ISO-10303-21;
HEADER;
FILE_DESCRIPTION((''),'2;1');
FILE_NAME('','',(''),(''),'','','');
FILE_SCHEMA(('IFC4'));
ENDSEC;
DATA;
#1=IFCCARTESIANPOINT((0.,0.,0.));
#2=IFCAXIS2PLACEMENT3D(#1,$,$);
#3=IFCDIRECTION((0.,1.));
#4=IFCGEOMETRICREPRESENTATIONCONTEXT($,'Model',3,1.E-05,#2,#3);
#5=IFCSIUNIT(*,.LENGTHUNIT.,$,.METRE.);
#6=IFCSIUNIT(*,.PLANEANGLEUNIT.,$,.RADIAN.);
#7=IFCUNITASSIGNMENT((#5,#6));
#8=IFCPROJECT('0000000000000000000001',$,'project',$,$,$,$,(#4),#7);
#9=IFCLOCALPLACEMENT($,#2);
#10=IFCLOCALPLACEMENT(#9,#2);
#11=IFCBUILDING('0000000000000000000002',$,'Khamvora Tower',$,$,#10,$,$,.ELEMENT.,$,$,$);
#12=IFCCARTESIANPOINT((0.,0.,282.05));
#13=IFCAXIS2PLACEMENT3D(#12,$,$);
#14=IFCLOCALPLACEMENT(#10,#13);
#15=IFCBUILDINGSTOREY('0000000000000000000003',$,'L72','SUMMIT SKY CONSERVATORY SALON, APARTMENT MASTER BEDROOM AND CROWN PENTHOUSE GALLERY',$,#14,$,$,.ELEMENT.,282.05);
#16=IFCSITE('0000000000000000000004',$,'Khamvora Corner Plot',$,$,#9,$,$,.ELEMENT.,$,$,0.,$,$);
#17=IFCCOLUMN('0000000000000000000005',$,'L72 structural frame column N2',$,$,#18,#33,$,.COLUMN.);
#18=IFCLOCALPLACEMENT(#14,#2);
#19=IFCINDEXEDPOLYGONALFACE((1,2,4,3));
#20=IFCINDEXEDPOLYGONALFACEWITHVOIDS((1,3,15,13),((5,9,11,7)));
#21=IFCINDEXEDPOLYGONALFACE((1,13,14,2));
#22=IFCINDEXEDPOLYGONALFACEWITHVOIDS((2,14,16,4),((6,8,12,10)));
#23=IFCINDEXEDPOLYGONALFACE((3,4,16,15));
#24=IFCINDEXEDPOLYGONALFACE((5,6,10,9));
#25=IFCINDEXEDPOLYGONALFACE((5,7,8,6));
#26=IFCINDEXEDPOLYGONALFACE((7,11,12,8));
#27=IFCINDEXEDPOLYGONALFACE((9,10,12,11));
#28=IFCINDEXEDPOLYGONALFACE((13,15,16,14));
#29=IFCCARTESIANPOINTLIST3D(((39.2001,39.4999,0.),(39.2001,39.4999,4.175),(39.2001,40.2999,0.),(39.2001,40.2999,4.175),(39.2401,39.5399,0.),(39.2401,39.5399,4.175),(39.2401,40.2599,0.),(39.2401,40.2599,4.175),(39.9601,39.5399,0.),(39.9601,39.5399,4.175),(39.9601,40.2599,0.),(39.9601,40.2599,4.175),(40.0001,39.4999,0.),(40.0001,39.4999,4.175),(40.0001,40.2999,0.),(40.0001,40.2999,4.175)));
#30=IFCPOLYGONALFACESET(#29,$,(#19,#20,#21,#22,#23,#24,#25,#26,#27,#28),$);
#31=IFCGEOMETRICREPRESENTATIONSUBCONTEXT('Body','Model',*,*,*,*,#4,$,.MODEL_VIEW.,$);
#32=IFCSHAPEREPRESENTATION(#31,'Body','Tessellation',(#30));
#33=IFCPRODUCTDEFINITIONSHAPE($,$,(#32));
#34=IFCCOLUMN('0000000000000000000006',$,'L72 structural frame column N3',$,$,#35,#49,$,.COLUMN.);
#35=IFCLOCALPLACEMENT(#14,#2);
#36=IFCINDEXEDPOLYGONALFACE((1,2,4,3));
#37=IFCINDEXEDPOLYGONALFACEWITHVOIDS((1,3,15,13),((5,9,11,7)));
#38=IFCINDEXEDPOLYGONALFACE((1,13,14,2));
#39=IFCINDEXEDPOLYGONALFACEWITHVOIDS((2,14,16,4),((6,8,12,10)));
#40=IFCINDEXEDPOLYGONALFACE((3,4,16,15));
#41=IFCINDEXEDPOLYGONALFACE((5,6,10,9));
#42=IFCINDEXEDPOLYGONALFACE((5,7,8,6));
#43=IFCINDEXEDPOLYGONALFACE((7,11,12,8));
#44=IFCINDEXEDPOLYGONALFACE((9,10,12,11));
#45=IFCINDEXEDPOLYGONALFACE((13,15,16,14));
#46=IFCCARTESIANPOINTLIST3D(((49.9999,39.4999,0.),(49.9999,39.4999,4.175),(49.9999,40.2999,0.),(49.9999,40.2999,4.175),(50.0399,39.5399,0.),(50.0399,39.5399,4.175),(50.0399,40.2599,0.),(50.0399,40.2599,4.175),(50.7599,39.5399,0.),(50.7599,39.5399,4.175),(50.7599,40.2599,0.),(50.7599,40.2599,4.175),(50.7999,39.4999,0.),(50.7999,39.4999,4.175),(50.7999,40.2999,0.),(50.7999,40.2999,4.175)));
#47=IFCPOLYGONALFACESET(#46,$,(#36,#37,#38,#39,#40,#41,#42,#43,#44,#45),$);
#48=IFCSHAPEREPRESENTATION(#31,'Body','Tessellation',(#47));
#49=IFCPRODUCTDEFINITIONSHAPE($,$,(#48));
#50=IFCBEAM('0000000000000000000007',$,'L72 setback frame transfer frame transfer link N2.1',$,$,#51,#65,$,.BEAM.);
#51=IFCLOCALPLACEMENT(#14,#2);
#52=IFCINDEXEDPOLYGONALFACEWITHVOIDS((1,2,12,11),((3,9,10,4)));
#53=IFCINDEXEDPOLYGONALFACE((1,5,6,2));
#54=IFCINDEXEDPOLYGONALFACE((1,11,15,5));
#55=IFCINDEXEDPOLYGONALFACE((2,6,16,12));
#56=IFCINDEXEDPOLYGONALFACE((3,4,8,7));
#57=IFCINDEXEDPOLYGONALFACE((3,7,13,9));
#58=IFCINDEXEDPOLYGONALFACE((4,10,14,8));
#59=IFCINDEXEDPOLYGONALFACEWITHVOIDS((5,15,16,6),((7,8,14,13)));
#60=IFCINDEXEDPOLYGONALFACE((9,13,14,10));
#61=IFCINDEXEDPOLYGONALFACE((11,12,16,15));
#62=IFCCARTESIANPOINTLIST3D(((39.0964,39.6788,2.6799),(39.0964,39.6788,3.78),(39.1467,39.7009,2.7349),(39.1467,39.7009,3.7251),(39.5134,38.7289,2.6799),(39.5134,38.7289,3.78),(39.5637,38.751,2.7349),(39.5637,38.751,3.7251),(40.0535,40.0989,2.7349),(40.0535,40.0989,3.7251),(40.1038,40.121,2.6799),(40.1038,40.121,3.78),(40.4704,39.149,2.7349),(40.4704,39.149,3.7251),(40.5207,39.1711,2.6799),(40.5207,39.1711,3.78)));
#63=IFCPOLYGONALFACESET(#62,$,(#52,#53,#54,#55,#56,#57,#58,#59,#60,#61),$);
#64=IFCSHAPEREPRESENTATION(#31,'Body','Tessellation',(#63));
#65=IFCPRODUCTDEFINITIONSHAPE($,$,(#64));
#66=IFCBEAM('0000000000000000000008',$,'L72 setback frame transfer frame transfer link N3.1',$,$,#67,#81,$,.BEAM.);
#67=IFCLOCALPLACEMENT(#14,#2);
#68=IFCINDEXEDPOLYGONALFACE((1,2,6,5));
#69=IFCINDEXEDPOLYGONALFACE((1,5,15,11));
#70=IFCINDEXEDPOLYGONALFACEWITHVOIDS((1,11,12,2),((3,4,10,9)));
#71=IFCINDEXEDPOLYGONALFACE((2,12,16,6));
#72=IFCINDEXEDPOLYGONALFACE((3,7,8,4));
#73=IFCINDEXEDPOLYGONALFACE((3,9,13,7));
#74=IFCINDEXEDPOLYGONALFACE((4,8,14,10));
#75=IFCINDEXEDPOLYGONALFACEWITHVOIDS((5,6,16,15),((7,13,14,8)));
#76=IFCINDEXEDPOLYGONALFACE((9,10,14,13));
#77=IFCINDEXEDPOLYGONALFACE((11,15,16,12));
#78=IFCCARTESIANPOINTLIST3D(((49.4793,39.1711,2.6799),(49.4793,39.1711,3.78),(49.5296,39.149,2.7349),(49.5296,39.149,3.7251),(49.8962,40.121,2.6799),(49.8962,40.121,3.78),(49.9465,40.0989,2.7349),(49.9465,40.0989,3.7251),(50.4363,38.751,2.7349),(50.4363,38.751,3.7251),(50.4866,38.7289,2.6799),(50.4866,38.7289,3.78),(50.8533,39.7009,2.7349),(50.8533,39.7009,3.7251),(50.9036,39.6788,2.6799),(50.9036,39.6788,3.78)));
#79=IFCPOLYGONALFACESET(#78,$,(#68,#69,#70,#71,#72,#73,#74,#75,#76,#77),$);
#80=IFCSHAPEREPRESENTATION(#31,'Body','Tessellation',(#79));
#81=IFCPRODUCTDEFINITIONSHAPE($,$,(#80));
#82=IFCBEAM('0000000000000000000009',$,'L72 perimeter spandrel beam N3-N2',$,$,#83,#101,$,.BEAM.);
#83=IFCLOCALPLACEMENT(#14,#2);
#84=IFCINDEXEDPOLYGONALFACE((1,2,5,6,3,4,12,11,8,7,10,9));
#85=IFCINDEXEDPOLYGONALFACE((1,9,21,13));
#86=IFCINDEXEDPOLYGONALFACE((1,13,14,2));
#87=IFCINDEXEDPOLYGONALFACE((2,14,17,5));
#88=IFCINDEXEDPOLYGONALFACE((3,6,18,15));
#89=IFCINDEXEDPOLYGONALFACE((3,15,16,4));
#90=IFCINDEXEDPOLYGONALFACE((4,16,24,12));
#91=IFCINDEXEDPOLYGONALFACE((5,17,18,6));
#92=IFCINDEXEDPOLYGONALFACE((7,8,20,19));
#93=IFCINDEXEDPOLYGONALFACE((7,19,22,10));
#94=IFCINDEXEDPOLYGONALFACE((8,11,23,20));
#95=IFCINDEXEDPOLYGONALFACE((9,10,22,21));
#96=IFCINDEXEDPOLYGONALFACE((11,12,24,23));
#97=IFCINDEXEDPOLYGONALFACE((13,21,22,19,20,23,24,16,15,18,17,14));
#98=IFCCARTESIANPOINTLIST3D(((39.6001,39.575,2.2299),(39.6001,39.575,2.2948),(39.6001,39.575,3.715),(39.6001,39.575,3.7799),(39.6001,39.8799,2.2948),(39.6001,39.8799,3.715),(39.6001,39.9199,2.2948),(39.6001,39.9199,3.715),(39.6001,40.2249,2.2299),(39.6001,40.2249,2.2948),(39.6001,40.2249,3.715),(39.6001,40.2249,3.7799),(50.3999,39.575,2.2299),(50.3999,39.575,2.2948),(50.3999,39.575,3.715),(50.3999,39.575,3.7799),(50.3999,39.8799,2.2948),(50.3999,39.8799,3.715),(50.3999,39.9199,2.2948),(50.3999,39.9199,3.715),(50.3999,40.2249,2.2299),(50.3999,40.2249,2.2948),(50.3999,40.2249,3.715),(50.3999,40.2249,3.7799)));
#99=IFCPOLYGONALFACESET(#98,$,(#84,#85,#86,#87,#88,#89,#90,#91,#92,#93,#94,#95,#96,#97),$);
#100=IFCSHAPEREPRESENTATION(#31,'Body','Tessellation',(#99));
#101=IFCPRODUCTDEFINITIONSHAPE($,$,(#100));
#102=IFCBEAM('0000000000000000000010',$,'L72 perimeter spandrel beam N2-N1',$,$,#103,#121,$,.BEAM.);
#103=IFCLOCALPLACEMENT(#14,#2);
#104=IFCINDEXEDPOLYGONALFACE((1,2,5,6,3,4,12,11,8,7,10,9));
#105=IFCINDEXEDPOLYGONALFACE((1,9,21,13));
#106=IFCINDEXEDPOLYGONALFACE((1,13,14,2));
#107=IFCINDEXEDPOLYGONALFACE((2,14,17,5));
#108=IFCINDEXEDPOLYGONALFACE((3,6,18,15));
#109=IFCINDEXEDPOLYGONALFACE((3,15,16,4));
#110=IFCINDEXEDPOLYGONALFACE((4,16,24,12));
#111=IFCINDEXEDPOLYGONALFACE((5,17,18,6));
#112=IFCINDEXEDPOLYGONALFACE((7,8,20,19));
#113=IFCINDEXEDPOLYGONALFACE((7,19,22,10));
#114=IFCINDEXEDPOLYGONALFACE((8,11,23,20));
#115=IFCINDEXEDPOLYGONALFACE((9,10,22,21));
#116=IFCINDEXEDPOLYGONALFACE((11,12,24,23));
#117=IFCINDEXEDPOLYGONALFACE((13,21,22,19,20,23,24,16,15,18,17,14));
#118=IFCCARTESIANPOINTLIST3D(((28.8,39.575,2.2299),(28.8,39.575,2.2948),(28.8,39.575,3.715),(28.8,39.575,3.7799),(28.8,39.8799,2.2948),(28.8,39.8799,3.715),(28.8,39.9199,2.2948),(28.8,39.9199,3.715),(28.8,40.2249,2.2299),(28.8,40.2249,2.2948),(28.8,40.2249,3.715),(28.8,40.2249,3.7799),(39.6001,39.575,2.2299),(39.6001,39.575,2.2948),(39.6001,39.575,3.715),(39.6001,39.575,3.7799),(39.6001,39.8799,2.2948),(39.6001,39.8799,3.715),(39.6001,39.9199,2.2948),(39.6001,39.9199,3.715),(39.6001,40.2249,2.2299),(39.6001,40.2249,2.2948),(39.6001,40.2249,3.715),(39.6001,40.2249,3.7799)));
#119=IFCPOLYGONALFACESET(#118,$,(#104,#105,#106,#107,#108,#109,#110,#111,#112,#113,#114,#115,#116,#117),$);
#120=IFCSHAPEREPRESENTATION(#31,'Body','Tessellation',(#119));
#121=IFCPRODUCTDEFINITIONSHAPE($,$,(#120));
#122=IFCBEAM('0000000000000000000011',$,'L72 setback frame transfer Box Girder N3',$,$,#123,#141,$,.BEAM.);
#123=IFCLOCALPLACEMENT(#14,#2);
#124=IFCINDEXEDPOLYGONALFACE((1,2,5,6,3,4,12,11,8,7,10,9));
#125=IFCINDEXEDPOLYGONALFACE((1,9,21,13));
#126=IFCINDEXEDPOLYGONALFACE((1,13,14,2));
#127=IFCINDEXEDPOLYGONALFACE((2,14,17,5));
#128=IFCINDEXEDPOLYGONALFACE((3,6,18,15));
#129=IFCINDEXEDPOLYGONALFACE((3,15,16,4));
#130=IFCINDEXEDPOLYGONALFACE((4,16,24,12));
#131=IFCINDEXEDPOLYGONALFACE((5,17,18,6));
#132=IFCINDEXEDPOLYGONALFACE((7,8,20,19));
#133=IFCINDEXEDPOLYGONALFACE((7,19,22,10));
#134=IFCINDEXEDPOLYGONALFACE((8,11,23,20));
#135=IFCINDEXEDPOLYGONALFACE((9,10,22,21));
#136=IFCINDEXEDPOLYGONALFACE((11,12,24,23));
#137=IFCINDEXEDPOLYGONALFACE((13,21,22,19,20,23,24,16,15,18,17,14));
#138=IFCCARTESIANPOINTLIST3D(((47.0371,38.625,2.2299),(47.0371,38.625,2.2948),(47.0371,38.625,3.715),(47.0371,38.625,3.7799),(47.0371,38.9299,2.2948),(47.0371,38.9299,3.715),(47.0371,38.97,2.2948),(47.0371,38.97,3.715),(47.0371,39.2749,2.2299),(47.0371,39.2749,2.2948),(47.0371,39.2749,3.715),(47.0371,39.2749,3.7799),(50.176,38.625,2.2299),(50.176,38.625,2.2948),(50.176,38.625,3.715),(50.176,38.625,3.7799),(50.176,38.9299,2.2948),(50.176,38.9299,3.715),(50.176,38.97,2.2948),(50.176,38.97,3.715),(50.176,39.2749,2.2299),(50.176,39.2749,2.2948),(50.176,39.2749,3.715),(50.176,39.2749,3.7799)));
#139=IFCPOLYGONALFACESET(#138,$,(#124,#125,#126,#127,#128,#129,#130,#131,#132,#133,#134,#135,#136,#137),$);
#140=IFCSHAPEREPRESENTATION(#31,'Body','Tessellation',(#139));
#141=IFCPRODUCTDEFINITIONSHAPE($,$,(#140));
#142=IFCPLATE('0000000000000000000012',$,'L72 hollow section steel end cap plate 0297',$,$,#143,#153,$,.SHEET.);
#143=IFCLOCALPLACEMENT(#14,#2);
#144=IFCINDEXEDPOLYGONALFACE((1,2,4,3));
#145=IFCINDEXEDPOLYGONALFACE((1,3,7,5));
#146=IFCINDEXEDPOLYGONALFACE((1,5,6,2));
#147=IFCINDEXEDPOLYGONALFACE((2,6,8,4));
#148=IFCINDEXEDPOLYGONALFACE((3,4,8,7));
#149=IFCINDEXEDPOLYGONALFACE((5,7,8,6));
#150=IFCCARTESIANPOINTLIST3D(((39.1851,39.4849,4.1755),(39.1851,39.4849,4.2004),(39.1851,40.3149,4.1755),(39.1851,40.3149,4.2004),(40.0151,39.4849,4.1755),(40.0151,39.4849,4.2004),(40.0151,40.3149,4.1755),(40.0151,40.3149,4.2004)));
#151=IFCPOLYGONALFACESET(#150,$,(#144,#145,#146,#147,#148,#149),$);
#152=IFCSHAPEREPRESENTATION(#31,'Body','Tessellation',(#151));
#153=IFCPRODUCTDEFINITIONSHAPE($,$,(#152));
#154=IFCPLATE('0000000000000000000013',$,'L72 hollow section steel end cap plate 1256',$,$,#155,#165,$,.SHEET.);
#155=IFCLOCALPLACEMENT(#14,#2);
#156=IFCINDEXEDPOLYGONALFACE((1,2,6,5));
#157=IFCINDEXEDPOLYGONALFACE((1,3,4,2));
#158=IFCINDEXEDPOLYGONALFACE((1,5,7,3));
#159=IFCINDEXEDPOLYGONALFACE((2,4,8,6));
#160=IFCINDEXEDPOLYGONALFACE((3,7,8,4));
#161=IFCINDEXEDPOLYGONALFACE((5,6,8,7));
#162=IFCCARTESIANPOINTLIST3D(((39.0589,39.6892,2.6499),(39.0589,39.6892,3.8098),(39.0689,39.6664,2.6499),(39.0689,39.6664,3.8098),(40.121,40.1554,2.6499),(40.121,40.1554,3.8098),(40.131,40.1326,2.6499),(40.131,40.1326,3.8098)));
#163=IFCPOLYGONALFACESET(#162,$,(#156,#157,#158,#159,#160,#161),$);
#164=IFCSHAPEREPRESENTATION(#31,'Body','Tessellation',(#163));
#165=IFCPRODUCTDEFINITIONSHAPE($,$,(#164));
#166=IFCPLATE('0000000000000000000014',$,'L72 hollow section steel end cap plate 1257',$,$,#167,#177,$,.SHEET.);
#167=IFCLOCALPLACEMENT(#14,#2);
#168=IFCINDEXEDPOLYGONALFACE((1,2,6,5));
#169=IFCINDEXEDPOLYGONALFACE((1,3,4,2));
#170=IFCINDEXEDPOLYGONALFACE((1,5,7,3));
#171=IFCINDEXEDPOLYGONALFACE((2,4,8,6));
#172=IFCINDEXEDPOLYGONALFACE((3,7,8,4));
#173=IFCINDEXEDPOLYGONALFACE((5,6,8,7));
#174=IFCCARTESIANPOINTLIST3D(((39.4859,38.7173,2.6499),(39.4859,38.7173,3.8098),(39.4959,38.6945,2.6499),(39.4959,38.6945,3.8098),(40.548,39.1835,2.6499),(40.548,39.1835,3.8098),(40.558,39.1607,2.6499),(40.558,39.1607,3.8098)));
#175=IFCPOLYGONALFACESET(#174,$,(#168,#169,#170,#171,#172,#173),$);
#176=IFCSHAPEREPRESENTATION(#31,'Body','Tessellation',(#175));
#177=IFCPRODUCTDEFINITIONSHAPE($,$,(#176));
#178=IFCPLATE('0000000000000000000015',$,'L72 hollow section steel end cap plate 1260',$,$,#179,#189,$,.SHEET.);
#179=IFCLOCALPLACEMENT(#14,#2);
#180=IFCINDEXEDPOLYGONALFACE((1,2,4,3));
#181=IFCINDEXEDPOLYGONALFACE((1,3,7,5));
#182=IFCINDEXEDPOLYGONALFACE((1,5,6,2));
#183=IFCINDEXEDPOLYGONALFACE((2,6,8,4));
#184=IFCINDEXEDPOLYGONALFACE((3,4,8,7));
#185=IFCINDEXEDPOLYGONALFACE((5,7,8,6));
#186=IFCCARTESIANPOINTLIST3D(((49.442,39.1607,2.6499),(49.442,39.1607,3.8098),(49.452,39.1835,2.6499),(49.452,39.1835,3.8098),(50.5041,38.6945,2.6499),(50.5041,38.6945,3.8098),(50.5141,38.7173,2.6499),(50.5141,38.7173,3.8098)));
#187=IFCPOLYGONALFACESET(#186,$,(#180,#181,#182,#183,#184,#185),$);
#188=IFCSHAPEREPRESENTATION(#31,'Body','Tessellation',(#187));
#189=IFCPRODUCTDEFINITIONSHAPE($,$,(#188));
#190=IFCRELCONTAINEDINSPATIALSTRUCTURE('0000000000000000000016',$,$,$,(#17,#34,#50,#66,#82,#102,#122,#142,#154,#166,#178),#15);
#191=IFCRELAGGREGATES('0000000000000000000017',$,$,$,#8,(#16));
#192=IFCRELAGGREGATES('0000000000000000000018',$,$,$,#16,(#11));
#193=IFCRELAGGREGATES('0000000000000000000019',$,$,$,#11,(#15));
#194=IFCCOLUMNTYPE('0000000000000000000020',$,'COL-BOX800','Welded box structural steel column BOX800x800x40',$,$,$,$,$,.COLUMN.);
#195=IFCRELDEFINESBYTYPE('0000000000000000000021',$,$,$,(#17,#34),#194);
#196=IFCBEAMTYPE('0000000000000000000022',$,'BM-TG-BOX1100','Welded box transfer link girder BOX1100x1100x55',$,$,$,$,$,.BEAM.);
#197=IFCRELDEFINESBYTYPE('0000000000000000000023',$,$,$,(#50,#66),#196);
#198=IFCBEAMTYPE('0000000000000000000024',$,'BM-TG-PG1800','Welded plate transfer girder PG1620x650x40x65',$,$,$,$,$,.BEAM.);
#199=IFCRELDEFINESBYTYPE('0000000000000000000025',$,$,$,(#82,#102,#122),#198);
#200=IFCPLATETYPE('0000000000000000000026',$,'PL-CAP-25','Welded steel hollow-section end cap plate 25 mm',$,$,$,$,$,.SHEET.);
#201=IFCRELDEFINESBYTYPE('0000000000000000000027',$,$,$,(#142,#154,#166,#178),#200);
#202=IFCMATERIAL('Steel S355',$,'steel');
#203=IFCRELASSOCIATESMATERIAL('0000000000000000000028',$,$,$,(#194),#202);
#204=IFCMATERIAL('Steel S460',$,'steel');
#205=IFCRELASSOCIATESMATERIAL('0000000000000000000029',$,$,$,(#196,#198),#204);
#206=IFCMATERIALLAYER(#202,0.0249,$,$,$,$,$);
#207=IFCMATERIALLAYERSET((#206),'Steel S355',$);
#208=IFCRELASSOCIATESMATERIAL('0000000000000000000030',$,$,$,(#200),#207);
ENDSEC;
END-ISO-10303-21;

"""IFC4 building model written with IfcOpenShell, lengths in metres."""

from ifc_helpers import new_model, si_unit, direction, frame, origin, origin_2d, place, context, subcontext, project, spatial, rectangle, hollow_rectangle, i_section, extrude, material, layer, layer_set, material_profile, profile_set, type_object, element, save


model = new_model("IFC4")

# Units and contexts
model_context = context("Model", 3, precision=1e-05, world=origin(), true_north=direction((0.0, 1.0)))
body_context = subcontext(model_context, "Body", "Model", "MODEL_VIEW")
ifc_project = project(units=[si_unit("LENGTHUNIT", "METRE"), si_unit("PLANEANGLEUNIT", "RADIAN")], contexts=[model_context])

# Site, building, storey
site_placement = place(None, origin())
site = spatial("IfcSite", under=ifc_project, at=site_placement, Name="Khamvora Corner Plot", CompositionType="ELEMENT", RefElevation=0.0)
building_placement = place(site_placement, origin())
building = spatial("IfcBuilding", under=site, at=building_placement, Name="Khamvora Tower", CompositionType="ELEMENT")
storey_placement = place(building_placement, frame((0.0, 0.0, 282.05)))
storey = spatial("IfcBuildingStorey", under=building, at=storey_placement, Name="L72", Description="SUMMIT SKY CONSERVATORY SALON, APARTMENT MASTER BEDROOM AND CROWN PENTHOUSE GALLERY", CompositionType="ELEMENT", Elevation=282.05)

# Columns
ifc_material_1 = material(Name="Steel S355", Category="steel")
ifc_material_profile_1 = material_profile(ifc_material_1, hollow_rectangle(XDim=0.8, YDim=0.8, WallThickness=0.04, at=origin_2d()), Name="BOX800x800x40")
ifc_profile_set_1 = profile_set([ifc_material_profile_1], Name="Steel S355")
column_type = type_object("IfcColumnType", Name="COL-BOX800", Description="Welded box structural steel column BOX800x800x40", PredefinedType="COLUMN", material=ifc_profile_set_1)
for number, where, z_axis, x_axis, name in (
    (1, (39.6001, 39.8999, 0.0), (0.0, 0.0, 1.0), (1.0, 0.0, 0.0), "L72 structural frame column N2"),
    (2, (50.3999, 39.8999, 0.0), (0.0, 0.0, 1.0), (1.0, 0.0, 0.0), "L72 structural frame column N3"),
):
    element("IfcColumn", number, at=place(storey_placement, frame(where, z_axis=z_axis, x_axis=x_axis)), inside=storey, type_object=column_type, Name=name, PredefinedType="COLUMN", context=body_context, shape_type="SweptSolid", body=[
        extrude(hollow_rectangle(XDim=0.8, YDim=0.8, WallThickness=0.04, at=origin_2d()), origin(), (0.0, 0.0, 1.0), 4.175),
    ])

# Beams
ifc_material_2 = material(Name="Steel S460", Category="steel")
ifc_material_profile_2 = material_profile(ifc_material_2, hollow_rectangle(XDim=1.1001, YDim=1.1001, WallThickness=0.0549, at=origin_2d()), Name="BOX1100x1100x55")
ifc_profile_set_2 = profile_set([ifc_material_profile_2], Name="Steel S460")
beam_type_1 = type_object("IfcBeamType", Name="BM-TG-BOX1100", Description="Welded box transfer link girder BOX1100x1100x55", PredefinedType="BEAM", material=ifc_profile_set_2)
for number, where, z_axis, x_axis, name in (
    (3, (39.6001, 39.8999, 3.23), (0.401942, -0.915665, 0.0), (0.915665, 0.401942, 0.0), "L72 setback frame transfer frame transfer link N2.1"),
    (4, (50.3999, 39.8999, 3.23), (-0.401942, -0.915665, 0.0), (0.915665, -0.401942, 0.0), "L72 setback frame transfer frame transfer link N3.1"),
):
    element("IfcBeam", number, at=place(storey_placement, frame(where, z_axis=z_axis, x_axis=x_axis)), inside=storey, type_object=beam_type_1, Name=name, PredefinedType="BEAM", context=body_context, shape_type="SweptSolid", body=[
        extrude(hollow_rectangle(XDim=1.1001, YDim=1.1001, WallThickness=0.0549, at=origin_2d()), origin(), (0.0, 0.0, 1.0), 1.0374),
    ])
ifc_material_profile_3 = material_profile(ifc_material_2, i_section(OverallWidth=0.6499, OverallDepth=1.55, WebThickness=0.04, FlangeThickness=0.0649, at=origin_2d()), Name="PG1550x650x40x65")
ifc_profile_set_3 = profile_set([ifc_material_profile_3], Name="Steel S460")
beam_type_2 = type_object("IfcBeamType", Name="BM-TG-PG1800", Description="Welded plate transfer girder PG1620x650x40x65", PredefinedType="BEAM", material=ifc_profile_set_3)
beam_1_placement = place(storey_placement, frame((50.3999, 39.8999, 3.0049), z_axis=(-1.0, 0.0, 0.0), x_axis=(0.0, -1.0, 0.0)))
element("IfcBeam", 5, at=beam_1_placement, inside=storey, type_object=beam_type_2, Name="L72 perimeter spandrel beam N3-N2", PredefinedType="BEAM", context=body_context, shape_type="SweptSolid", body=[
    extrude(i_section(OverallWidth=0.6499, OverallDepth=1.55, WebThickness=0.04, FlangeThickness=0.0649, at=origin_2d()), origin(), (0.0, 0.0, 1.0), 10.7998),
])
beam_2_placement = place(storey_placement, frame((39.6001, 39.8999, 3.0049), z_axis=(-1.0, 0.0, 0.0), x_axis=(0.0, -1.0, 0.0)))
element("IfcBeam", 6, at=beam_2_placement, inside=storey, type_object=beam_type_2, Name="L72 perimeter spandrel beam N2-N1", PredefinedType="BEAM", context=body_context, shape_type="SweptSolid", body=[
    extrude(i_section(OverallWidth=0.6499, OverallDepth=1.55, WebThickness=0.04, FlangeThickness=0.0649, at=origin_2d()), origin(), (0.0, 0.0, 1.0), 10.8),
])
beam_3_placement = place(storey_placement, frame((47.0371, 38.95, 3.0049), z_axis=(1.0, 0.0, 0.0), x_axis=(0.0, 1.0, 0.0)))
element("IfcBeam", 7, at=beam_3_placement, inside=storey, type_object=beam_type_2, Name="L72 setback frame transfer Box Girder N3", PredefinedType="BEAM", context=body_context, shape_type="SweptSolid", body=[
    extrude(i_section(OverallWidth=0.6499, OverallDepth=1.55, WebThickness=0.04, FlangeThickness=0.0649, at=origin_2d()), origin(), (0.0, 0.0, 1.0), 3.1389),
])

# Plates
ifc_layer_1 = layer(ifc_material_1, 0.0249)
ifc_layer_set_1 = layer_set([ifc_layer_1], Name="Steel S355")
plate_type_1 = type_object("IfcPlateType", Name="PL-CAP-25", Description="Welded steel hollow-section end cap plate 25 mm", PredefinedType="SHEET", material=ifc_layer_set_1)
plate_placement = place(storey_placement, frame((39.6001, 39.8999, 4.1755), z_axis=(0.0, 0.0, 1.0), x_axis=(1.0, 0.0, 0.0)))
element("IfcPlate", 8, at=plate_placement, inside=storey, type_object=plate_type_1, Name="L72 hollow section steel end cap plate 0297", PredefinedType="SHEET", context=body_context, shape_type="SweptSolid", body=[
    extrude(rectangle(XDim=0.8301, YDim=0.8301, at=origin_2d()), origin(), (0.0, 0.0, 1.0), 0.0249),
])
for number, where, z_axis, x_axis, name in (
    (9, (39.595, 39.9109, 2.6499), (0.0, 0.0, 1.0), (0.401932, -0.91567, 0.0), "L72 hollow section steel end cap plate 1256"),
    (10, (40.022, 38.939, 2.6499), (0.0, 0.0, 1.0), (0.401932, -0.91567, 0.0), "L72 hollow section steel end cap plate 1257"),
    (11, (49.978, 38.939, 2.6499), (0.0, 0.0, 1.0), (-0.401932, -0.91567, 0.0), "L72 hollow section steel end cap plate 1260"),
):
    element("IfcPlate", number, at=place(storey_placement, frame(where, z_axis=z_axis, x_axis=x_axis)), inside=storey, type_object=plate_type_1, Name=name, PredefinedType="SHEET", context=body_context, shape_type="SweptSolid", body=[
        extrude(rectangle(XDim=0.0249, YDim=1.1599, at=origin_2d()), origin(), (0.0, 0.0, 1.0), 1.1599),
    ])

save(model, "model.ifc")
